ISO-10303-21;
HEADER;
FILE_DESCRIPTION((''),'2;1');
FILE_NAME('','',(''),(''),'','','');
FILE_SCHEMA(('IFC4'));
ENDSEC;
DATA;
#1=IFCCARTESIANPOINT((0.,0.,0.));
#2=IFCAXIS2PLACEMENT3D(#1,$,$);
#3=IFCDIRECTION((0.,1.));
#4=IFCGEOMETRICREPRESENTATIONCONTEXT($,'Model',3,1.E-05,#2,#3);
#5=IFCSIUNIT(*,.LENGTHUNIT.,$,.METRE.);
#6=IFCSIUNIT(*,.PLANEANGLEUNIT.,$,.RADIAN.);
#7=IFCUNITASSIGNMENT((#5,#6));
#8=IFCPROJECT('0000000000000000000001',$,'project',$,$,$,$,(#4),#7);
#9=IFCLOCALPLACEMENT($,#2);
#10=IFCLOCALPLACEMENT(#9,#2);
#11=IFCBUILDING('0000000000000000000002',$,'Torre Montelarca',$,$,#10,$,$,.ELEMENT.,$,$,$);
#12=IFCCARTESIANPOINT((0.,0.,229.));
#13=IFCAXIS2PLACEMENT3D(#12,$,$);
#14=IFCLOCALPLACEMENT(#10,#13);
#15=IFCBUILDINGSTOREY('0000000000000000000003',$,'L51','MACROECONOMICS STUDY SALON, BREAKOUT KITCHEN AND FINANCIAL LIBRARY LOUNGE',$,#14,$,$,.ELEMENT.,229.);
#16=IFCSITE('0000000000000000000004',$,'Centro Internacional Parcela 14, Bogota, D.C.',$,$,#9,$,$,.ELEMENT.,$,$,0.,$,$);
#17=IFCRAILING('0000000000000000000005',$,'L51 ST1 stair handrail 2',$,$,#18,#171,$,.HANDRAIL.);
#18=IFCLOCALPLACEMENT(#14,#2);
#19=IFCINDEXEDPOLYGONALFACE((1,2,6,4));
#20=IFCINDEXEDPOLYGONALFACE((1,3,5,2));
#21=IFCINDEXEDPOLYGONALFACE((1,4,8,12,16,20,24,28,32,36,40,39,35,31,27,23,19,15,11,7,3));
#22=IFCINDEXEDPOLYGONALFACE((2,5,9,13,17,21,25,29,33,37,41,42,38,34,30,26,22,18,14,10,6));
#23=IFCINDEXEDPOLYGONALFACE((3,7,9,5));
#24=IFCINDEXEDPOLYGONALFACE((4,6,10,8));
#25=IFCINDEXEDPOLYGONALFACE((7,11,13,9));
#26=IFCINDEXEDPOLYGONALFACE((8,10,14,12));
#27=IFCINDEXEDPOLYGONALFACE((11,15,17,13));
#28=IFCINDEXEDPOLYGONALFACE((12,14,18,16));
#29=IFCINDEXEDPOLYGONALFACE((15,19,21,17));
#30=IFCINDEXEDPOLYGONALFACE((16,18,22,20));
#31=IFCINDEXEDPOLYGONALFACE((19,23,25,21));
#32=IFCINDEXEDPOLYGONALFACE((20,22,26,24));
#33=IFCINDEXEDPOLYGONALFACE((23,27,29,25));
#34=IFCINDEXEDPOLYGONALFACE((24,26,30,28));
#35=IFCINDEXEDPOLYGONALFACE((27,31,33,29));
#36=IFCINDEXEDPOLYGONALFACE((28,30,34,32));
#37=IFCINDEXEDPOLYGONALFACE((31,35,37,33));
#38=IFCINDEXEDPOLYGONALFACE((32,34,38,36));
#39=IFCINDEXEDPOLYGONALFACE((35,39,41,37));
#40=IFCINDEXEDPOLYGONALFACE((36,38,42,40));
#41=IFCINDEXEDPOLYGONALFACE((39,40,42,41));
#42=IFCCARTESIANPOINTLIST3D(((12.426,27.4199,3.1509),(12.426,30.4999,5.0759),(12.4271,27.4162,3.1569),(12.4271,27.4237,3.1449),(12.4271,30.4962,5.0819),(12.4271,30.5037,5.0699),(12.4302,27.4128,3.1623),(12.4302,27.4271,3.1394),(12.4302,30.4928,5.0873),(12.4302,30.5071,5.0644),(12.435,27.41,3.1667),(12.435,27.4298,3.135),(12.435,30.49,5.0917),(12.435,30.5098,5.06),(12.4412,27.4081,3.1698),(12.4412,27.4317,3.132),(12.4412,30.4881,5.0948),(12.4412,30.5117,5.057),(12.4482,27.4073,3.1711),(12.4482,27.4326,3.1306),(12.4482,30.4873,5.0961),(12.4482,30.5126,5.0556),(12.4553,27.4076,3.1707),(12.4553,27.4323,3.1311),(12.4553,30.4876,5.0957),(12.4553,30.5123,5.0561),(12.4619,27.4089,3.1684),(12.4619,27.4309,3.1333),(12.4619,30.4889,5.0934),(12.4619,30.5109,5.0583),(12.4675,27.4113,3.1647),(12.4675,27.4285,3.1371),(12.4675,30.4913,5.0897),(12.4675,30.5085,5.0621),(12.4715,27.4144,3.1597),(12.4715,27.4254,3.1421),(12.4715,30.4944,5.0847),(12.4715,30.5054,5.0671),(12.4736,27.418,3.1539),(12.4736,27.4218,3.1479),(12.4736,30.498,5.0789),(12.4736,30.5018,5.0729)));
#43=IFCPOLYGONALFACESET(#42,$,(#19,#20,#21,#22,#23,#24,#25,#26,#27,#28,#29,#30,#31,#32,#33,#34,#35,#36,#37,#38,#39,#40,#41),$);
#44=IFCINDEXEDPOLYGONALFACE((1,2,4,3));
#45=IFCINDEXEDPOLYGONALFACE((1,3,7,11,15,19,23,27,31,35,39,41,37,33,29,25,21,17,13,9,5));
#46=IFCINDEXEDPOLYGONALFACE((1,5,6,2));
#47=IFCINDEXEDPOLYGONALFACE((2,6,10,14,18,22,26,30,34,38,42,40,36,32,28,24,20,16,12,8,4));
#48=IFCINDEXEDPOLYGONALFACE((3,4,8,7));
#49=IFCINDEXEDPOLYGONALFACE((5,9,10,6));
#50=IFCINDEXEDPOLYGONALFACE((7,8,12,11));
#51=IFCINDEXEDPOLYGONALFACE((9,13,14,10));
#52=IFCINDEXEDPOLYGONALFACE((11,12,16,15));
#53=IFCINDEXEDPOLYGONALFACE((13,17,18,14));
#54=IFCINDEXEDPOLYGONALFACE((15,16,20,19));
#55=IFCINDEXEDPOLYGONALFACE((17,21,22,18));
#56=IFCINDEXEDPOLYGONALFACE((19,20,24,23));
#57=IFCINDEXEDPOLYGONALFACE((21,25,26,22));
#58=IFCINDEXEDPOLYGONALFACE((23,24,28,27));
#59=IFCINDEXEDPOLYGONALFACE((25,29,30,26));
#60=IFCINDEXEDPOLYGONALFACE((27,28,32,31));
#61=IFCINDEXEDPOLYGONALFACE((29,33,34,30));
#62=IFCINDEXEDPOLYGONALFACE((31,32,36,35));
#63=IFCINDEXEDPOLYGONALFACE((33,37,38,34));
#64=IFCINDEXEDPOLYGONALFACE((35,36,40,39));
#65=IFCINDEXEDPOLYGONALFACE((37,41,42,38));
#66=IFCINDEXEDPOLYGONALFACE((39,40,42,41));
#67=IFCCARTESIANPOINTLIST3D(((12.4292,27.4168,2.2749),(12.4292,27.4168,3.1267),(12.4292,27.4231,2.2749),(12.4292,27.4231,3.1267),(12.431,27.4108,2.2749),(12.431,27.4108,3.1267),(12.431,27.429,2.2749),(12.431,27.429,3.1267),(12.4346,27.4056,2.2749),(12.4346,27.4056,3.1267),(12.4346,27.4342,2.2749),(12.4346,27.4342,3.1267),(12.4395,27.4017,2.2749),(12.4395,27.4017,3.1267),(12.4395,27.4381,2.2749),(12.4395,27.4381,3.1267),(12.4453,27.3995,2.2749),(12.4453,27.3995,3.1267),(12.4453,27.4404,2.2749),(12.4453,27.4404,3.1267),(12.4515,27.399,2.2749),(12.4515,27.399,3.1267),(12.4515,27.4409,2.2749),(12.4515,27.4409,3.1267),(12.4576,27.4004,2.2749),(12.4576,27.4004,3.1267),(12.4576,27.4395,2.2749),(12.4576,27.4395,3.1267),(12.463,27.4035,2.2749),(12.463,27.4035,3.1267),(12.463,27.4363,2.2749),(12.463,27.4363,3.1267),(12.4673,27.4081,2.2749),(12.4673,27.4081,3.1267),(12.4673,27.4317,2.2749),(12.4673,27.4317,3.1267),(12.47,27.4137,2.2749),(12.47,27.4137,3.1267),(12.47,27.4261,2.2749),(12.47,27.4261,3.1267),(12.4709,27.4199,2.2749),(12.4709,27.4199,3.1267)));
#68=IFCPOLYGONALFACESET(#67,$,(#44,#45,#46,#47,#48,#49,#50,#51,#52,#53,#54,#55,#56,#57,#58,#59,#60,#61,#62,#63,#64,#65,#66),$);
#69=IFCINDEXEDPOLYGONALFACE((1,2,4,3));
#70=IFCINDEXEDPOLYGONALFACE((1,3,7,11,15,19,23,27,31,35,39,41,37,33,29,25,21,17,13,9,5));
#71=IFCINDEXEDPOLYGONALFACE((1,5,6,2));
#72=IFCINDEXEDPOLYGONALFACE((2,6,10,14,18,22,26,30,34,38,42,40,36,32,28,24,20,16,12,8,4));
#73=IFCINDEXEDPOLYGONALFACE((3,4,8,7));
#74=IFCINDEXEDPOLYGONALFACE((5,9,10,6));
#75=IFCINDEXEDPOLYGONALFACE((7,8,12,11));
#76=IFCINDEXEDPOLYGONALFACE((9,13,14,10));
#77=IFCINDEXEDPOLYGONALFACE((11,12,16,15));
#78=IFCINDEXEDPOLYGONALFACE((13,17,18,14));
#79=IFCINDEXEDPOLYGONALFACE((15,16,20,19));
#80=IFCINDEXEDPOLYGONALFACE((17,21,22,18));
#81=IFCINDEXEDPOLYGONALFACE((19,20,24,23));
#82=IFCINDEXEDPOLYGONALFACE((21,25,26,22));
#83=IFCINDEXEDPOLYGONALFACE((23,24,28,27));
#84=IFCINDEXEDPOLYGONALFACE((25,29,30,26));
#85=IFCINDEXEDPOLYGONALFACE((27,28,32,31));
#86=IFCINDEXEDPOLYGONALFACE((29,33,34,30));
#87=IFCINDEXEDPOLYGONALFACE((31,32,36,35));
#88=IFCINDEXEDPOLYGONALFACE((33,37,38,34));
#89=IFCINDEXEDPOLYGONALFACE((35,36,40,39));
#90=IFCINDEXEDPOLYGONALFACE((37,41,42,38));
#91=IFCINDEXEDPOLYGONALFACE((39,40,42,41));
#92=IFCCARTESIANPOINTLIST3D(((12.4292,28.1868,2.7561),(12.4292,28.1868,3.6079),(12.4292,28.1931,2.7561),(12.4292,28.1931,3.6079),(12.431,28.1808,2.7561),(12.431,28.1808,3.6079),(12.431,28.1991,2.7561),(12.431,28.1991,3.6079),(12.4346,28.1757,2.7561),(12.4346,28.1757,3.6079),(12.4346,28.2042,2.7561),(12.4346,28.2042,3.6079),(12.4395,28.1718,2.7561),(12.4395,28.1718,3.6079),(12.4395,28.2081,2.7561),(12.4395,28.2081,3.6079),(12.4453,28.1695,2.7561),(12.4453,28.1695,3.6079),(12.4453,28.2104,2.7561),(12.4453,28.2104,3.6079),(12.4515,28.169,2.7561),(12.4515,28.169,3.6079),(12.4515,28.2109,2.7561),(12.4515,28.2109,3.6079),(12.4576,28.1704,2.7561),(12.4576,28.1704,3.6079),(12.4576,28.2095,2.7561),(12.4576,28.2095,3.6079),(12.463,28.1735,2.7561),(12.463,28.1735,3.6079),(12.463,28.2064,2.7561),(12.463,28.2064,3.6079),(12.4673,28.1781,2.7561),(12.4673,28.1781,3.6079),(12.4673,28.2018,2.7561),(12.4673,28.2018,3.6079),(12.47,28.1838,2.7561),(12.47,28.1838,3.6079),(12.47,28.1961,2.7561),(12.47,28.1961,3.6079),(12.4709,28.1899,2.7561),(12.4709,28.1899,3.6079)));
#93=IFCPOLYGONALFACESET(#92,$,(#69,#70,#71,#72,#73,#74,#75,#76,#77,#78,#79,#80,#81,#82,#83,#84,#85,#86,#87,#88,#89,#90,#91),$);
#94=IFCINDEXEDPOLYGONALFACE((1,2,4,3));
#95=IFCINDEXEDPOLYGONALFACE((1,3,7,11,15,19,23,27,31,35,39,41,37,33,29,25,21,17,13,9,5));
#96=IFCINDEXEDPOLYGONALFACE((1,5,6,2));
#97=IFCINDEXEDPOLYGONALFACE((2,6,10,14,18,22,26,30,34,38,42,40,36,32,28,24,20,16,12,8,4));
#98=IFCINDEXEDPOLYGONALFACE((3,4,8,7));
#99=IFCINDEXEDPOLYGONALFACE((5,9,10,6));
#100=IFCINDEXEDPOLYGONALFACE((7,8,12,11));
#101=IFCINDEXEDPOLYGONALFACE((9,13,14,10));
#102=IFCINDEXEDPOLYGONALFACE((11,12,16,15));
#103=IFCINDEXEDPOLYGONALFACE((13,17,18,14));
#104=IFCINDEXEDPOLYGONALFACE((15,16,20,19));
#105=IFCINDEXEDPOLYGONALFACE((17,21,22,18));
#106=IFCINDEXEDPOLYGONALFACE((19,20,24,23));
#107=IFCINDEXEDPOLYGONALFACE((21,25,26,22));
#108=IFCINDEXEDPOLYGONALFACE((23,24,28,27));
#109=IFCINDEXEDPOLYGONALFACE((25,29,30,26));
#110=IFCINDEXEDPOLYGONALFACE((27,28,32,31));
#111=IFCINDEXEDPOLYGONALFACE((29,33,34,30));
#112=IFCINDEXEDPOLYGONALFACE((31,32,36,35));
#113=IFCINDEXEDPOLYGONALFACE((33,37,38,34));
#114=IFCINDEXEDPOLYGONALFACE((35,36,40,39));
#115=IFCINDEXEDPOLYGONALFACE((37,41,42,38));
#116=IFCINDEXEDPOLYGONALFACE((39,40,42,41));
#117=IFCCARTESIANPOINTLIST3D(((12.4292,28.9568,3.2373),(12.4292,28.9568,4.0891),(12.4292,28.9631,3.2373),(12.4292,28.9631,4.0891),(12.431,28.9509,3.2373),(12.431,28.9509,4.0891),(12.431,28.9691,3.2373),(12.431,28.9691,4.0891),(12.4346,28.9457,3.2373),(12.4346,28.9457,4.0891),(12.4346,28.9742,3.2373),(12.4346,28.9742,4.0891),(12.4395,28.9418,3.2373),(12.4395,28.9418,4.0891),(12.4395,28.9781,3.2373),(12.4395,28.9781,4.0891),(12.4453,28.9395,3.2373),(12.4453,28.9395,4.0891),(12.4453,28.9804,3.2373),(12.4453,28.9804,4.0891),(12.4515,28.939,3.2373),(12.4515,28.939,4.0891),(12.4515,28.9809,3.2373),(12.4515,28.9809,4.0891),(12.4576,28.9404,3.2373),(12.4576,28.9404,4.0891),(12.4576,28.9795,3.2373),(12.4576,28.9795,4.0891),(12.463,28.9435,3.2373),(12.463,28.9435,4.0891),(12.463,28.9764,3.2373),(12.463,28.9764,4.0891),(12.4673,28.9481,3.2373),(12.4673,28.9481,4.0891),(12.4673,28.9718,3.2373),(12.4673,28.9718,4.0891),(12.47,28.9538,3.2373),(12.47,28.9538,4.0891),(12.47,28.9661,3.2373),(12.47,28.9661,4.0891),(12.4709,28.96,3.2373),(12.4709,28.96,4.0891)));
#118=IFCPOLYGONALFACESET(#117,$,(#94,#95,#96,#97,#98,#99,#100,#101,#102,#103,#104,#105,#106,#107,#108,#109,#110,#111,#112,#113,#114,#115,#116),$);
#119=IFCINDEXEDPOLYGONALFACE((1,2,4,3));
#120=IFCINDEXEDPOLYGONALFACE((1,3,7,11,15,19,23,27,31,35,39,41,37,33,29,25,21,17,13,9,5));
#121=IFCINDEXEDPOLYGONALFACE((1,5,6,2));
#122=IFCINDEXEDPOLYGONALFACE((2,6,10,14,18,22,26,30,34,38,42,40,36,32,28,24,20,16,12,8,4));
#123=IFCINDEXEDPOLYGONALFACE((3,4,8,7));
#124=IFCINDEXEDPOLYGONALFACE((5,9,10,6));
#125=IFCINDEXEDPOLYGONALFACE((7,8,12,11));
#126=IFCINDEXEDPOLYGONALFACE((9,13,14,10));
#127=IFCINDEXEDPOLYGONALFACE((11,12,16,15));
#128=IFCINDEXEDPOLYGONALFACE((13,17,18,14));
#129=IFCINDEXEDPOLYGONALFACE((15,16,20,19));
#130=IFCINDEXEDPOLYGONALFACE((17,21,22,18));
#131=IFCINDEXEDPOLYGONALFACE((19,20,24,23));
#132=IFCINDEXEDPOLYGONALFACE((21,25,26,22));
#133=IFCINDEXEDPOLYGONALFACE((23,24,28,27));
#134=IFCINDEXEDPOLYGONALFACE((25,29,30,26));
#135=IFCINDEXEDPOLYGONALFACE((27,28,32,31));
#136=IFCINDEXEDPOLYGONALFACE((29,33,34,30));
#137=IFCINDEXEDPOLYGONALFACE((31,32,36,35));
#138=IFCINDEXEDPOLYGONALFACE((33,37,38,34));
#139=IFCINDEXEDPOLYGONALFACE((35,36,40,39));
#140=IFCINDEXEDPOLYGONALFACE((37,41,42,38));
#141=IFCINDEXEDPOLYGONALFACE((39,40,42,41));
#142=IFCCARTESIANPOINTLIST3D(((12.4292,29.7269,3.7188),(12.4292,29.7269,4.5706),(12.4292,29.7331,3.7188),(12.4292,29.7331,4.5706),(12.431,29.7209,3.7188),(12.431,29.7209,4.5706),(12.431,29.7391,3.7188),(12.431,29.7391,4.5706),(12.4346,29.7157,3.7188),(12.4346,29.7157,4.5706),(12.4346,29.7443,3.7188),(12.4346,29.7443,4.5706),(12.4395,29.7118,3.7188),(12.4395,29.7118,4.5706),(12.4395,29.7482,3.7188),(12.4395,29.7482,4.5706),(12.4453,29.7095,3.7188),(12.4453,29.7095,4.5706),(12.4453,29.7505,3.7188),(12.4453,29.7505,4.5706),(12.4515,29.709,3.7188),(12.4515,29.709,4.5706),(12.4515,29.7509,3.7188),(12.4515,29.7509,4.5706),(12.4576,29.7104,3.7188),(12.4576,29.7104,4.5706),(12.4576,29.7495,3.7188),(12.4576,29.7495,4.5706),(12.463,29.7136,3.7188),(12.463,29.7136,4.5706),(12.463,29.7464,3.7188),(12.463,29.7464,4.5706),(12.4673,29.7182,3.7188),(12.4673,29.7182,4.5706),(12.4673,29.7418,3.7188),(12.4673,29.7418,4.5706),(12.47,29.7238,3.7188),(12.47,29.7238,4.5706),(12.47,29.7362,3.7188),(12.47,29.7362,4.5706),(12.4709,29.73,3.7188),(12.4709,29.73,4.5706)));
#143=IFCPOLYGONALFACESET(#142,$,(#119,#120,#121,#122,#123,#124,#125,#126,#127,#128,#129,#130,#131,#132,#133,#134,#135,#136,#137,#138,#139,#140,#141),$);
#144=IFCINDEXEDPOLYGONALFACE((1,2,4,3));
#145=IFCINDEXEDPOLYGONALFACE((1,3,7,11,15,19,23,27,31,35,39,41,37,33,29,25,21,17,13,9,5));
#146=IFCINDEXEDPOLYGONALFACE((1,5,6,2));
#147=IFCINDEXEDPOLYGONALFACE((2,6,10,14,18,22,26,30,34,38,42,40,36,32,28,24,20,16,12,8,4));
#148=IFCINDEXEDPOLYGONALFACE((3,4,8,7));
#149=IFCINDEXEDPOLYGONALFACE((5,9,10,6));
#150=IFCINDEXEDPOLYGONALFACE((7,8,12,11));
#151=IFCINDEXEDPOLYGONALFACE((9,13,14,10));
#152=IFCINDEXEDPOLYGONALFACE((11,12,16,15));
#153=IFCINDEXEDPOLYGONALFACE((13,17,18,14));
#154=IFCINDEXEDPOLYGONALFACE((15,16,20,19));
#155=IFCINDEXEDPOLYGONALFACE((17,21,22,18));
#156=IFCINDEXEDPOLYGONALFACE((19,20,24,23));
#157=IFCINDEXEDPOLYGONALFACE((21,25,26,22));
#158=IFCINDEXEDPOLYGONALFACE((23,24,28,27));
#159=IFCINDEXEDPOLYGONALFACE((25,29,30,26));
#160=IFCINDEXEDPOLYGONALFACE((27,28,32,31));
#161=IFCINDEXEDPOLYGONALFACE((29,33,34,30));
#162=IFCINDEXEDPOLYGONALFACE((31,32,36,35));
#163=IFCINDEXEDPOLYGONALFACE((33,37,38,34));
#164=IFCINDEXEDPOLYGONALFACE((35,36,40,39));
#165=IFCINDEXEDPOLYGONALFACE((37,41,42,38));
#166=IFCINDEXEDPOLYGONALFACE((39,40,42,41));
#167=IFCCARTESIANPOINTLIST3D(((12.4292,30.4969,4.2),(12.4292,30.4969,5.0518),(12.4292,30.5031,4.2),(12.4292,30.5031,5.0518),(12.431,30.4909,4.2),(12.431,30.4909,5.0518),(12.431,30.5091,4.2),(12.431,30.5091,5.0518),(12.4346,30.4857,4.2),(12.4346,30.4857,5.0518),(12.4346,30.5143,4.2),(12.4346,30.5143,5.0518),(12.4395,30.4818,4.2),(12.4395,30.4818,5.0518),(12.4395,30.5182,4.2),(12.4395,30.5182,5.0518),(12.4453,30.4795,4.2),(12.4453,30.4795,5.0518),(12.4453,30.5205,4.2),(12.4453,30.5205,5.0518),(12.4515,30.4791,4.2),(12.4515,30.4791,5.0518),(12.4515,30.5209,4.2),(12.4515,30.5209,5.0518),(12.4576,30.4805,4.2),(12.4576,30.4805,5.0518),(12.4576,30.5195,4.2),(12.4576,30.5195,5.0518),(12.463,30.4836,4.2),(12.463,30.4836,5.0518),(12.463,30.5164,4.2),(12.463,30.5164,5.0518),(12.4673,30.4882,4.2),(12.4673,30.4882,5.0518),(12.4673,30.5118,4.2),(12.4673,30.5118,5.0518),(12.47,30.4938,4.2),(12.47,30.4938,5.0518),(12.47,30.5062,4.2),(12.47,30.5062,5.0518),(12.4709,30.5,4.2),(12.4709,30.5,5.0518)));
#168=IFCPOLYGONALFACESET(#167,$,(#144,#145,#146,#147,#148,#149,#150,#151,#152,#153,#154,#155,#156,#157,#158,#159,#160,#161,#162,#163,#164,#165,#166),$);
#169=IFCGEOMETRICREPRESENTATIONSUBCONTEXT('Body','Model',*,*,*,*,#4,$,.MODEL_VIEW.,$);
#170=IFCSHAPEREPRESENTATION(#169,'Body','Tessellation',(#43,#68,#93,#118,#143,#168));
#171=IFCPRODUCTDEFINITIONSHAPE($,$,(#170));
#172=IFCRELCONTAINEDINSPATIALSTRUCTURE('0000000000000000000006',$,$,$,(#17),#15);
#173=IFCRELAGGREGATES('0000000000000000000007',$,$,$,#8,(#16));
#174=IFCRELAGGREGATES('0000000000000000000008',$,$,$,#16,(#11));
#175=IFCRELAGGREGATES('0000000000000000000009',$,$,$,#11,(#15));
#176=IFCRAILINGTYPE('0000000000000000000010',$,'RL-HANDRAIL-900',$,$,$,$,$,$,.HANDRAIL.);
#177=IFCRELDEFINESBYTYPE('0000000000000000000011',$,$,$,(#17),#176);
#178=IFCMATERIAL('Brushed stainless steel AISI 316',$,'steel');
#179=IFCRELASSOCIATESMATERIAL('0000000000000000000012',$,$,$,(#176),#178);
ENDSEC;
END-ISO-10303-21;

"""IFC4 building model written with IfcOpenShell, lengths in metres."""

from ifc_helpers import new_model, si_unit, direction, frame, origin, origin_2d, place, context, subcontext, project, spatial, circle, extrude, material, type_object, element, save


model = new_model("IFC4")

# Units and contexts
model_context = context("Model", 3, precision=1e-05, world=origin(), true_north=direction((0.0, 1.0)))
body_context = subcontext(model_context, "Body", "Model", "MODEL_VIEW")
ifc_project = project(units=[si_unit("LENGTHUNIT", "METRE"), si_unit("PLANEANGLEUNIT", "RADIAN")], contexts=[model_context])

# Site, building, storey
site_placement = place(None, origin())
site = spatial("IfcSite", under=ifc_project, at=site_placement, Name="Centro Internacional Parcela 14, Bogota, D.C.", CompositionType="ELEMENT", RefElevation=0.0)
building_placement = place(site_placement, origin())
building = spatial("IfcBuilding", under=site, at=building_placement, Name="Torre Montelarca", CompositionType="ELEMENT")
storey_placement = place(building_placement, frame((0.0, 0.0, 229.0)))
storey = spatial("IfcBuildingStorey", under=building, at=storey_placement, Name="L51", Description="MACROECONOMICS STUDY SALON, BREAKOUT KITCHEN AND FINANCIAL LIBRARY LOUNGE", CompositionType="ELEMENT", Elevation=229.0)

# Railing
ifc_material_1 = material(Name="Brushed stainless steel AISI 316", Category="steel")
railing_type_1 = type_object("IfcRailingType", Name="RL-HANDRAIL-900", PredefinedType="HANDRAIL", material=ifc_material_1)
railing_1_placement = place(storey_placement, frame((12.45, 27.4199, 2.2749)))
element("IfcRailing", 1, at=railing_1_placement, inside=storey, type_object=railing_type_1, Name="L51 ST1 stair handrail 2", PredefinedType="HANDRAIL", context=body_context, shape_type="SweptSolid", body=[
    extrude(circle(Radius=0.0239, at=origin_2d()), frame((0.0, 0.0, 0.876), z_axis=(0.0, 0.847998, 0.529999), x_axis=(-1.0, 0.0, 0.0)), (0.0, 0.0, 1.0), 3.6321),
    extrude(circle(Radius=0.021, at=origin_2d()), origin(), (0.0, 0.0, 1.0), 0.8518),
    extrude(circle(Radius=0.021, at=origin_2d()), frame((0.0, 0.77, 0.4812)), (0.0, 0.0, 1.0), 0.8518),
    extrude(circle(Radius=0.021, at=origin_2d()), frame((0.0, 1.54, 0.9624)), (0.0, 0.0, 1.0), 0.8518),
    extrude(circle(Radius=0.021, at=origin_2d()), frame((0.0, 2.3101, 1.4438)), (0.0, 0.0, 1.0), 0.8518),
    extrude(circle(Radius=0.021, at=origin_2d()), frame((0.0, 3.0801, 1.925)), (0.0, 0.0, 1.0), 0.8518),
])

save(model, "model.ifc")
